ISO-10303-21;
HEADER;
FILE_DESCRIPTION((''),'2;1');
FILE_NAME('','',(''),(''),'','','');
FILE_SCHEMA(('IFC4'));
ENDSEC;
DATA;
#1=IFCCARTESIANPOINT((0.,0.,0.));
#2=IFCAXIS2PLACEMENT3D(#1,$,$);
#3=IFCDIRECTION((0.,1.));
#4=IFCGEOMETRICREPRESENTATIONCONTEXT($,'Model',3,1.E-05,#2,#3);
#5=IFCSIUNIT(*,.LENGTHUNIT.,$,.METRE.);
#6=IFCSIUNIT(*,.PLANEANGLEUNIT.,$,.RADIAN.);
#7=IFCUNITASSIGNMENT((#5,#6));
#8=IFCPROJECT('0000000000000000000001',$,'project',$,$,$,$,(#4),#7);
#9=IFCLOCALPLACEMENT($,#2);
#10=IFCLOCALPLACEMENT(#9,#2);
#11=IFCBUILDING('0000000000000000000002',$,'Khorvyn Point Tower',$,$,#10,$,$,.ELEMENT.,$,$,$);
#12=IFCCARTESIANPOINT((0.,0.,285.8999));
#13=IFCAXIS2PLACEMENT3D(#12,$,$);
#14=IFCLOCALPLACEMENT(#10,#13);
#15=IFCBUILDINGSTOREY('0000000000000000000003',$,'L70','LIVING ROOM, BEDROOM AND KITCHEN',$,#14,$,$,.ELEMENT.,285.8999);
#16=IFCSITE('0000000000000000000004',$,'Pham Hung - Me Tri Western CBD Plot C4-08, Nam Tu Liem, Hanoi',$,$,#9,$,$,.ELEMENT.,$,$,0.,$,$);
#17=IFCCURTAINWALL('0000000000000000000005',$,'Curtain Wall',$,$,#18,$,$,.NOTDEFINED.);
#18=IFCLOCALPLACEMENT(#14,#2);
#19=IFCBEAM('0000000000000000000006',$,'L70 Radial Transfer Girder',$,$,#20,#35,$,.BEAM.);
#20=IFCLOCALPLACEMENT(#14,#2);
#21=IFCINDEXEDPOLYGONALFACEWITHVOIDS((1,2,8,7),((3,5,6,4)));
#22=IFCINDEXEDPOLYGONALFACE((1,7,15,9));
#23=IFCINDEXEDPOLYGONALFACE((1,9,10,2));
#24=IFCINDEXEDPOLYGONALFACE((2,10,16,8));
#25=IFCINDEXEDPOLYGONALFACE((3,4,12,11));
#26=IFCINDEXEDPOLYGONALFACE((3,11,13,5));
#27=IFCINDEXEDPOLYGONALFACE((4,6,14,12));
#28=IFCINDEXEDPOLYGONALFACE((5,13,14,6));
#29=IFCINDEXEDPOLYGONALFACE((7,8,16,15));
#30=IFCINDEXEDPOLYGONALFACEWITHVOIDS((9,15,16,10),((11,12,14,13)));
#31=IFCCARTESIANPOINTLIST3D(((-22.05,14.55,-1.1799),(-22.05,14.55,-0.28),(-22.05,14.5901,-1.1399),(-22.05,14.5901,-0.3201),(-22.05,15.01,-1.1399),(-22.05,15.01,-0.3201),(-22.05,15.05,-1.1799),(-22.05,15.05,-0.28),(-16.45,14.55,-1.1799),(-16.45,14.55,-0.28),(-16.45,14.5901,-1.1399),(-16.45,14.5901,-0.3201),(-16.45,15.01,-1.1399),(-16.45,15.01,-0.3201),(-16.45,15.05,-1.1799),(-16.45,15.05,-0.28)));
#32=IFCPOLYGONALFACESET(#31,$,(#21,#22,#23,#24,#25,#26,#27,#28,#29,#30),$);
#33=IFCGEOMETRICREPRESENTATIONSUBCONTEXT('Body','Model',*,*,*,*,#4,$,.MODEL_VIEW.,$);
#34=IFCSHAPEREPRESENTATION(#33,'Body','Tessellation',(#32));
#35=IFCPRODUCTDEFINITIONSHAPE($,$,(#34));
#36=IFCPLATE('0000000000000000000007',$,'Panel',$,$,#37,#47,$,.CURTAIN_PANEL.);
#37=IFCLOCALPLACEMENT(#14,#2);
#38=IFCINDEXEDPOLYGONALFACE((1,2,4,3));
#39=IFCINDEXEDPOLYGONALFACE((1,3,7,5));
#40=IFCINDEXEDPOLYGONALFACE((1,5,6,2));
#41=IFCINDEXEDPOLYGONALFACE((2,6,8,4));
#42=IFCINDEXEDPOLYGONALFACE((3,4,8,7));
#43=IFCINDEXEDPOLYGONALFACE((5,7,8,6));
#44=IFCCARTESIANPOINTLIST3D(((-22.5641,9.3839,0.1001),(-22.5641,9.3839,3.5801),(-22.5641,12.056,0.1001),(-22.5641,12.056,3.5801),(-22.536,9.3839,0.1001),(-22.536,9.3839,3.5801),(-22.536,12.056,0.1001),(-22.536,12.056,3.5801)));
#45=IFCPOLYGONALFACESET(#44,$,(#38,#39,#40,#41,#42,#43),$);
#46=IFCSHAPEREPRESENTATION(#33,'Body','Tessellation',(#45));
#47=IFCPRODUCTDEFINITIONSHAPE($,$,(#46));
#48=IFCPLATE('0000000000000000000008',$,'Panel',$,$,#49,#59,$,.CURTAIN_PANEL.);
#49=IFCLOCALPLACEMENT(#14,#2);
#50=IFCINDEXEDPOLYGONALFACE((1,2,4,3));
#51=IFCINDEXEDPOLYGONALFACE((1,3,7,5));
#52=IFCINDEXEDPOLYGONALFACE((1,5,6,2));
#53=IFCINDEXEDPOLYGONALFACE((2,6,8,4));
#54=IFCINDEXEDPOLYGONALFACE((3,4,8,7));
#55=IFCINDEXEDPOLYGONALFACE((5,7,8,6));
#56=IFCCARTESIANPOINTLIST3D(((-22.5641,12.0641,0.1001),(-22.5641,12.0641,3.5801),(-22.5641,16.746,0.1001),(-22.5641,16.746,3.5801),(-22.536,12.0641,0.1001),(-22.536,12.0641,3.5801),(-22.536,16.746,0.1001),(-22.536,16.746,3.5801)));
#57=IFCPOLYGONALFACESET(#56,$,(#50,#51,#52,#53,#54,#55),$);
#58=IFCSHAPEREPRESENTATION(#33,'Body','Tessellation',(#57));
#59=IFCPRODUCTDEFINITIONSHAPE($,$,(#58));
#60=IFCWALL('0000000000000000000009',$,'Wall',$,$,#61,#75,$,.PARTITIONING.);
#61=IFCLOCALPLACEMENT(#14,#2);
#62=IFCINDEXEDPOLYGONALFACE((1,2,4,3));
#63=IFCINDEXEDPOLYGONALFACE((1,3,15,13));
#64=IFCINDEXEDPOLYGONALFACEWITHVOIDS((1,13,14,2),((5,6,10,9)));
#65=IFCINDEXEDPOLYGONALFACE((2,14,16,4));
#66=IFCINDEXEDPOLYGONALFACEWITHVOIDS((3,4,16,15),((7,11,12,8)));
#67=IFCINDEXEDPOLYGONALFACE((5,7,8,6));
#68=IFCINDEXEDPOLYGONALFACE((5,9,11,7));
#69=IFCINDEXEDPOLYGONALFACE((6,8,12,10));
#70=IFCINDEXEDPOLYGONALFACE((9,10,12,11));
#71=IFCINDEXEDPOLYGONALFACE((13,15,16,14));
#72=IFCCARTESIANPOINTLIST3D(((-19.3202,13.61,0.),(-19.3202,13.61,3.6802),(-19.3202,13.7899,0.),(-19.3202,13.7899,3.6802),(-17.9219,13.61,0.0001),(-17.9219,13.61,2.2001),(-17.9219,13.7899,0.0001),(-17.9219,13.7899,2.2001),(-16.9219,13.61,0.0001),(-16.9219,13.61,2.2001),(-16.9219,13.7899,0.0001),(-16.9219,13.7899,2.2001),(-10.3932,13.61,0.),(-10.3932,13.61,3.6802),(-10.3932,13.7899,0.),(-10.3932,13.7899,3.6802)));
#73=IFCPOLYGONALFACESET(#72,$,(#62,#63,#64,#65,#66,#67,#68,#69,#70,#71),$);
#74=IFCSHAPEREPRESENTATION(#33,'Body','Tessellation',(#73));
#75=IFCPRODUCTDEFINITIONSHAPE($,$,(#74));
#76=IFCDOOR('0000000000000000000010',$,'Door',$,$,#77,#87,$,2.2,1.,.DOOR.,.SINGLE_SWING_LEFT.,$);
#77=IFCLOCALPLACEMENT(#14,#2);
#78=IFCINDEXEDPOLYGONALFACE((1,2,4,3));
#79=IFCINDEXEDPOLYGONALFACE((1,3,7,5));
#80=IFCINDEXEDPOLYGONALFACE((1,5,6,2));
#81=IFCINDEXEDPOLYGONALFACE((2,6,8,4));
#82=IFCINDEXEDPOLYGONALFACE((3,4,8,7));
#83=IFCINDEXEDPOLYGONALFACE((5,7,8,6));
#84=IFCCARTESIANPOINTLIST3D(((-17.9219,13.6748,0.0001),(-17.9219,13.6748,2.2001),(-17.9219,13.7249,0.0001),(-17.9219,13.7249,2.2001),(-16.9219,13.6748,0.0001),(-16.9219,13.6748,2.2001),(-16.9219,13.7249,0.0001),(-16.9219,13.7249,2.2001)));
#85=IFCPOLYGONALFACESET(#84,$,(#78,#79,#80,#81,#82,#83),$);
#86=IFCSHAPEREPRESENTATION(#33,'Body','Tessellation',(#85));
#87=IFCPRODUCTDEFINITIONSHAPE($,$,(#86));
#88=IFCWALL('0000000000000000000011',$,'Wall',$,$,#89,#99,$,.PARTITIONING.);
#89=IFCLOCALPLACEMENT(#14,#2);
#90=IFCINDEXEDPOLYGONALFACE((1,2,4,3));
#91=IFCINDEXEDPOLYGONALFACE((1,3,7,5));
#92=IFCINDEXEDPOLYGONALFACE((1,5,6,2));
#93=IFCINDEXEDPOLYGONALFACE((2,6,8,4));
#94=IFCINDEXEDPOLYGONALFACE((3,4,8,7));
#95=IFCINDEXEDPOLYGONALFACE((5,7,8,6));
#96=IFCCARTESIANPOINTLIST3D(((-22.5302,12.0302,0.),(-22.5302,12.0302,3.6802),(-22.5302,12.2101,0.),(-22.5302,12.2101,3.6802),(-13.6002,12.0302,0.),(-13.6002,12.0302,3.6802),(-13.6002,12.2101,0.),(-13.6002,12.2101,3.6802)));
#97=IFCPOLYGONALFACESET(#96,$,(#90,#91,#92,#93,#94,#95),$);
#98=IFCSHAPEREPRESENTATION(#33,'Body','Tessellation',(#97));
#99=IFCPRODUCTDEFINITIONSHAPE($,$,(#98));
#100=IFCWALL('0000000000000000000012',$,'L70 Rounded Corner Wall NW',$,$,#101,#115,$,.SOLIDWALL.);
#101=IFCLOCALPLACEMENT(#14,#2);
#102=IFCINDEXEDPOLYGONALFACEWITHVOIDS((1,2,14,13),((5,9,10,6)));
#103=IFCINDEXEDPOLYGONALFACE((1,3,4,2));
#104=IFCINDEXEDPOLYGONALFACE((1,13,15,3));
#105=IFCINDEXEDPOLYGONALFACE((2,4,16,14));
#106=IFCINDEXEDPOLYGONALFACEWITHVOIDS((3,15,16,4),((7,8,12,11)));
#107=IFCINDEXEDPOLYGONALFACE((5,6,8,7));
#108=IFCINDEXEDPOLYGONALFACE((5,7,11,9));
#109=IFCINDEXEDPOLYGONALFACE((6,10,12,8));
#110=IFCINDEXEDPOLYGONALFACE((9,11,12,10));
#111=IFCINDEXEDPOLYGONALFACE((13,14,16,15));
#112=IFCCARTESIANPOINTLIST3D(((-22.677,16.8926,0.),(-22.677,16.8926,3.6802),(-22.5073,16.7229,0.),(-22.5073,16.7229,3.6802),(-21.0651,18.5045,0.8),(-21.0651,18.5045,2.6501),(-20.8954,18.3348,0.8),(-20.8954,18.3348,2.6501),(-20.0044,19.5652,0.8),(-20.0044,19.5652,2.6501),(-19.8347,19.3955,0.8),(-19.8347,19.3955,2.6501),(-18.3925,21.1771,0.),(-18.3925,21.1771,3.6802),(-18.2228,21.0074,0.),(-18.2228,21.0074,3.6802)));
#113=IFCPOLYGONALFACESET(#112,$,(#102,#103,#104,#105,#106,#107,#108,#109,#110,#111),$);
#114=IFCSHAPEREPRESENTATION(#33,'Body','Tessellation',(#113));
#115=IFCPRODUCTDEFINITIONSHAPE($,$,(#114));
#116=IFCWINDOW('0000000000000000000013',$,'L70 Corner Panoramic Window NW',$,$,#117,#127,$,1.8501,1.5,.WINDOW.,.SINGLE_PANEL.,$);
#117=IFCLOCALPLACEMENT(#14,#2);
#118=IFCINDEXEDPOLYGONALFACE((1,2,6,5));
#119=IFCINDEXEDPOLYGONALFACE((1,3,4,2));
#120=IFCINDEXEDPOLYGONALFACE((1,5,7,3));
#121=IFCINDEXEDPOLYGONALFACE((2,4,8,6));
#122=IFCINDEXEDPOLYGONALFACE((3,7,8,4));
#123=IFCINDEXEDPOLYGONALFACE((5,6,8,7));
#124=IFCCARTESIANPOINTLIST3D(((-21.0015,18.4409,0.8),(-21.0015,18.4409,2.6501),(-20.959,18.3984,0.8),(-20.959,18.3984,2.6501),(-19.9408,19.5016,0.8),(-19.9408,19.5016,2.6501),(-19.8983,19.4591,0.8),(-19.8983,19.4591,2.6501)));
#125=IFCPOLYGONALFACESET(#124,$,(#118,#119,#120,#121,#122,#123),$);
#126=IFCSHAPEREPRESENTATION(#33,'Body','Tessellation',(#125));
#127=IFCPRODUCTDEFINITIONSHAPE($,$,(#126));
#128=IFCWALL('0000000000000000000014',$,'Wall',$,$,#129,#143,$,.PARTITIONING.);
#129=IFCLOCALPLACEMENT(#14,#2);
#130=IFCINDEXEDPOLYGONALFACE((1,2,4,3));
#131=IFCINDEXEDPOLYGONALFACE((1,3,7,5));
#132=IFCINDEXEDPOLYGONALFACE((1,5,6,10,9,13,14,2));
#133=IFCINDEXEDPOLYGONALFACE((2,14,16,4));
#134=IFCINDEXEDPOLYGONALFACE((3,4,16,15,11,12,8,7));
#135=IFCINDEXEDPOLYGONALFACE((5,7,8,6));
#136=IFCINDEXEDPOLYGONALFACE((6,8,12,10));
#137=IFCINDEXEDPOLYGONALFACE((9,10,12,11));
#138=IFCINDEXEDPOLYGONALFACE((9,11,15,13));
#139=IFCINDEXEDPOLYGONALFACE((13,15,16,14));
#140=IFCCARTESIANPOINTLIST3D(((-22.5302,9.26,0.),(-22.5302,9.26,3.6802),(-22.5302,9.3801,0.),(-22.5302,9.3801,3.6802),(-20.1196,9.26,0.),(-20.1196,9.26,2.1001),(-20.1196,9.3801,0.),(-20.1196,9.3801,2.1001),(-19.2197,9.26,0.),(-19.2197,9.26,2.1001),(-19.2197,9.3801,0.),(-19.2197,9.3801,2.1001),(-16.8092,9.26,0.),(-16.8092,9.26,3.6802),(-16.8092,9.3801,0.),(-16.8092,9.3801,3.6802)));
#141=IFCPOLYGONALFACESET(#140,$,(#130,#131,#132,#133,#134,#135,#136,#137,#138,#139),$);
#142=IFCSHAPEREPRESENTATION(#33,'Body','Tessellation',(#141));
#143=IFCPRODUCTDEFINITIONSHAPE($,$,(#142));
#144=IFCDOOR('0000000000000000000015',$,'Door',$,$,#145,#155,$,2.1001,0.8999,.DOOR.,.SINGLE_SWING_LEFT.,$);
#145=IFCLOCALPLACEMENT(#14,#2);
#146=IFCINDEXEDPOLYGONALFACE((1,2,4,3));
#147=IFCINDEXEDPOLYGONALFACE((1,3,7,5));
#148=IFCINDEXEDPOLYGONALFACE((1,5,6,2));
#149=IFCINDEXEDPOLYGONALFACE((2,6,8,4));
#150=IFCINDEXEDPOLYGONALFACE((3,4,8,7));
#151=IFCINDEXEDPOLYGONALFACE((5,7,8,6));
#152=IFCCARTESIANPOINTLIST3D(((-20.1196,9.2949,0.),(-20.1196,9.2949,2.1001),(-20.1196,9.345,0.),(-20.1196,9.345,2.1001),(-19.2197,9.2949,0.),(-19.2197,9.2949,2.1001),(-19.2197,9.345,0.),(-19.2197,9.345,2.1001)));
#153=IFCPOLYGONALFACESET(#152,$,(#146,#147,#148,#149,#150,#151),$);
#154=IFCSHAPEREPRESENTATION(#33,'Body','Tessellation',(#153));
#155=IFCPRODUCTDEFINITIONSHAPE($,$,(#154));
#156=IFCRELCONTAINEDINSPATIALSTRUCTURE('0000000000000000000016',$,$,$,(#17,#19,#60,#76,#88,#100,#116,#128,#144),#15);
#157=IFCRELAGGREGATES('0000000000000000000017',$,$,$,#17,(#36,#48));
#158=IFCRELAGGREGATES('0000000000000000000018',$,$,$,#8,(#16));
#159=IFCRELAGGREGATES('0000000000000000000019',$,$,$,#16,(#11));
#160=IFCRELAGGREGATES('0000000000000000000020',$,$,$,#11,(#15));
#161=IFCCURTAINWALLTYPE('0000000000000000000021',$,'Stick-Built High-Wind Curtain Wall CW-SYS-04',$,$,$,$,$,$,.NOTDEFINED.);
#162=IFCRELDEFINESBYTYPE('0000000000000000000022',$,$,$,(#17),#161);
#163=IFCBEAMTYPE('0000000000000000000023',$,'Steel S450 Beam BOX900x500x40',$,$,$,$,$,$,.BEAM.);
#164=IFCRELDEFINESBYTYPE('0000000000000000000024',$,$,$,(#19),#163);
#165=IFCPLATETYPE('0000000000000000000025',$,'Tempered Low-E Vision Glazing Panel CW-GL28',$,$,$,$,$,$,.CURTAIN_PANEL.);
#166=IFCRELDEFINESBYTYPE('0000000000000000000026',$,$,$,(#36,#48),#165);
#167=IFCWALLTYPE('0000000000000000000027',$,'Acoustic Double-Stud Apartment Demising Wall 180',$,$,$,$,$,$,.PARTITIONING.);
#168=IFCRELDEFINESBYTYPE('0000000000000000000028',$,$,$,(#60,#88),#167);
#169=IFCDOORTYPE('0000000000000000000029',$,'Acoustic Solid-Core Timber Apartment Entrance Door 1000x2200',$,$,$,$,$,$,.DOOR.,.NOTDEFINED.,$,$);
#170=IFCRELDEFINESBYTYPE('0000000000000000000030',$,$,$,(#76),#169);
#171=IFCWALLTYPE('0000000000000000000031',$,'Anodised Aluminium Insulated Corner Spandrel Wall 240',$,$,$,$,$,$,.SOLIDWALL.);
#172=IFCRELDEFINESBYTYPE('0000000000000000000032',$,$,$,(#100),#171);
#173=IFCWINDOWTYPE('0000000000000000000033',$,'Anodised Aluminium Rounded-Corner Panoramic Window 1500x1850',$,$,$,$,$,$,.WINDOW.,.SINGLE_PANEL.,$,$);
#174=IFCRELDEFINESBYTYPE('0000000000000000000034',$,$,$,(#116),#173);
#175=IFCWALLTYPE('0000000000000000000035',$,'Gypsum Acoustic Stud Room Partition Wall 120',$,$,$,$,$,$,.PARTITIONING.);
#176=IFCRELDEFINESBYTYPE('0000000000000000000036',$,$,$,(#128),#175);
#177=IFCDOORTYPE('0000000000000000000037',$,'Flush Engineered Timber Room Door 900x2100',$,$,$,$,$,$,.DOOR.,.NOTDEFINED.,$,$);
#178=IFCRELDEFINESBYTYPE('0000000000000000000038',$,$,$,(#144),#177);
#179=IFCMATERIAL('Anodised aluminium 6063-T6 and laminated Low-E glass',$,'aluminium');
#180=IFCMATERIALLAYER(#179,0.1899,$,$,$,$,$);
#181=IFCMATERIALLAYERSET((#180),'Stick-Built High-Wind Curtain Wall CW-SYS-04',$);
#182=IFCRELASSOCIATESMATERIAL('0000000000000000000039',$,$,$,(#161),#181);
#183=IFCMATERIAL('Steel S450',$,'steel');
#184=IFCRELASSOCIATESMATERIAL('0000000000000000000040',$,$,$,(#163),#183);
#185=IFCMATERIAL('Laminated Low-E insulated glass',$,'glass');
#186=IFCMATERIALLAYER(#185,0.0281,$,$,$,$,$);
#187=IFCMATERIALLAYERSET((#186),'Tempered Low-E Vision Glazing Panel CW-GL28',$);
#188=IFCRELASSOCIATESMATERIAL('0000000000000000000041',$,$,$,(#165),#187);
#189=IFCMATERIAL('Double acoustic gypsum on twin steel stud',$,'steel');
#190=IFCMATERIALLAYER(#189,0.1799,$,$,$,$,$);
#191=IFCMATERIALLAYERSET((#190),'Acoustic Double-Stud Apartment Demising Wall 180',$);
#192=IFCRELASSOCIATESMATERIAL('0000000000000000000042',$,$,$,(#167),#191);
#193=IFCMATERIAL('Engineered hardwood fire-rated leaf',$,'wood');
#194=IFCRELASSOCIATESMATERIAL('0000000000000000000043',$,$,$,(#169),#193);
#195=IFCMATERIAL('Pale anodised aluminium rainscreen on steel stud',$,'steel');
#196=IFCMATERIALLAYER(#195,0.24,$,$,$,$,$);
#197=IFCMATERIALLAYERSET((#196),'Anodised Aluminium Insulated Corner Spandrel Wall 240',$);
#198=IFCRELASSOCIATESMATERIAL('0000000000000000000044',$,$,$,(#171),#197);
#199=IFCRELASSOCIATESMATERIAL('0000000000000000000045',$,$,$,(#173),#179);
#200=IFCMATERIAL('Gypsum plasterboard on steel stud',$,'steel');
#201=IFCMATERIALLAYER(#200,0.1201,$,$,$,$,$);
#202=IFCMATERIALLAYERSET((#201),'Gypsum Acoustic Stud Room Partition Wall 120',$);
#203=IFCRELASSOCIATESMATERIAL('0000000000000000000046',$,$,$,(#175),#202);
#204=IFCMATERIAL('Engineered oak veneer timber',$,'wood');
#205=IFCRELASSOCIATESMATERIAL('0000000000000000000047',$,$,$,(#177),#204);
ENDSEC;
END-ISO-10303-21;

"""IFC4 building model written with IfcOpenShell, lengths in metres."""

from ifc_helpers import new_model, si_unit, direction, frame, frame_2d, origin, origin_2d, place, context, subcontext, project, spatial, rectangle, hollow_rectangle, extrude, material, layer, layer_set, material_profile, profile_set, type_object, element, fill, aggregate, save


model = new_model("IFC4")

# Units and contexts
model_context = context("Model", 3, precision=1e-05, world=origin(), true_north=direction((0.0, 1.0)))
body_context = subcontext(model_context, "Body", "Model", "MODEL_VIEW")
ifc_project = project(units=[si_unit("LENGTHUNIT", "METRE"), si_unit("PLANEANGLEUNIT", "RADIAN")], contexts=[model_context])

# Site, building, storey
site_placement = place(None, origin())
site = spatial("IfcSite", under=ifc_project, at=site_placement, Name="Pham Hung - Me Tri Western CBD Plot C4-08, Nam Tu Liem, Hanoi", CompositionType="ELEMENT", RefElevation=0.0)
building_placement = place(site_placement, origin())
building = spatial("IfcBuilding", under=site, at=building_placement, Name="Khorvyn Point Tower", CompositionType="ELEMENT")
storey_placement = place(building_placement, frame((0.0, 0.0, 285.8999)))
storey = spatial("IfcBuildingStorey", under=building, at=storey_placement, Name="L70", Description="LIVING ROOM, BEDROOM AND KITCHEN", CompositionType="ELEMENT", Elevation=285.8999)

# Curtain wall
ifc_material_1 = material(Name="Anodised aluminium 6063-T6 and laminated Low-E glass", Category="aluminium")
ifc_layer_1 = layer(ifc_material_1, 0.1899)
ifc_layer_set_1 = layer_set([ifc_layer_1], Name="Stick-Built High-Wind Curtain Wall CW-SYS-04")
curtain_wall_type = type_object("IfcCurtainWallType", Name="Stick-Built High-Wind Curtain Wall CW-SYS-04", PredefinedType="NOTDEFINED", material=ifc_layer_set_1)
curtain_wall_1_placement = place(storey_placement, origin())
curtain_wall_1 = element("IfcCurtainWall", 1, at=curtain_wall_1_placement, inside=storey, type_object=curtain_wall_type, Name="Curtain Wall", PredefinedType="NOTDEFINED")

# Beam
ifc_material_2 = material(Name="Steel S450", Category="steel")
ifc_material_profile_1 = material_profile(ifc_material_2, hollow_rectangle(XDim=0.5, YDim=0.8999, WallThickness=0.04, at=origin_2d()))
ifc_profile_set_1 = profile_set([ifc_material_profile_1], Name="Steel S450 BOX900x500x40")
beam_type_1 = type_object("IfcBeamType", Name="Steel S450 Beam BOX900x500x40", PredefinedType="BEAM", material=ifc_profile_set_1)
beam_1_placement = place(storey_placement, frame((-22.05, 14.8, -0.73), z_axis=(1.0, 0.0, 0.0), x_axis=(0.0, 1.0, 0.0)))
element("IfcBeam", 2, at=beam_1_placement, inside=storey, type_object=beam_type_1, Name="L70 Radial Transfer Girder", PredefinedType="BEAM", context=body_context, shape_type="SweptSolid", body=[
    extrude(hollow_rectangle(XDim=0.5, YDim=0.8999, WallThickness=0.04, at=origin_2d()), origin(), (0.0, 0.0, 1.0), 5.6001),
])

# Plates
ifc_material_3 = material(Name="Laminated Low-E insulated glass", Category="glass")
ifc_layer_2 = layer(ifc_material_3, 0.0281)
ifc_layer_set_2 = layer_set([ifc_layer_2], Name="Tempered Low-E Vision Glazing Panel CW-GL28")
plate_type = type_object("IfcPlateType", Name="Tempered Low-E Vision Glazing Panel CW-GL28", PredefinedType="CURTAIN_PANEL", material=ifc_layer_set_2)
plate_1_placement = place(storey_placement, frame((-22.55, 10.72, 0.1001), z_axis=(0.0, 0.0, 1.0), x_axis=(0.0, 1.0, 0.0)))
plate_1 = element("IfcPlate", 3, at=plate_1_placement, type_object=plate_type, Name="Panel", PredefinedType="CURTAIN_PANEL", context=body_context, shape_type="SweptSolid", body=[
    extrude(rectangle(XDim=2.6721, YDim=0.0281, at=origin_2d()), origin(), (0.0, 0.0, 1.0), 3.48),
])
plate_2_placement = place(storey_placement, frame((-22.55, 14.405, 0.1001), z_axis=(0.0, 0.0, 1.0), x_axis=(0.0, 1.0, 0.0)))
plate_2 = element("IfcPlate", 4, at=plate_2_placement, type_object=plate_type, Name="Panel", PredefinedType="CURTAIN_PANEL", context=body_context, shape_type="SweptSolid", body=[
    extrude(rectangle(XDim=4.6819, YDim=0.0281, at=origin_2d()), origin(), (0.0, 0.0, 1.0), 3.48),
])
aggregate(curtain_wall_1, [plate_1, plate_2])

# Wall, opening, door
ifc_material_4 = material(Name="Double acoustic gypsum on twin steel stud", Category="steel")
ifc_layer_3 = layer(ifc_material_4, 0.1799)
ifc_layer_set_3 = layer_set([ifc_layer_3], Name="Acoustic Double-Stud Apartment Demising Wall 180")
wall_type_1 = type_object("IfcWallType", Name="Acoustic Double-Stud Apartment Demising Wall 180", PredefinedType="PARTITIONING", material=ifc_layer_set_3)
wall_1_placement = place(storey_placement, frame((-19.3201, 13.7, 0.0), z_axis=(0.0, 0.0, 1.0), x_axis=(1.0, 0.0, 0.0)))
wall_1 = element("IfcWall", 5, at=wall_1_placement, inside=storey, type_object=wall_type_1, Name="Wall", PredefinedType="PARTITIONING", context=body_context, shape_type="SweptSolid", body=[
    extrude(rectangle(XDim=8.927, YDim=0.1799, at=frame_2d((4.4634, 0.0))), origin(), (0.0, 0.0, 1.0), 3.6802),
])
opening_1_placement = place(wall_1_placement, frame((1.3982, 0.0, 0.0)))
opening_1 = element("IfcOpeningElement", 6, at=opening_1_placement, cuts=wall_1, PredefinedType="OPENING", context=body_context, shape_type="SweptSolid", body=[
    extrude(rectangle(XDim=1.0, YDim=2.2, at=frame_2d((0.5, 1.1001))), frame((0.0, 0.0999, 0.0), z_axis=(0.0, -1.0, 0.0), x_axis=(1.0, 0.0, 0.0)), (0.0, 0.0, 1.0), 0.2),
])
ifc_material_5 = material(Name="Engineered hardwood fire-rated leaf", Category="wood")
door_type_1 = type_object("IfcDoorType", Name="Acoustic Solid-Core Timber Apartment Entrance Door 1000x2200", OperationType="NOTDEFINED", PredefinedType="DOOR", material=ifc_material_5)
door_1_placement = place(opening_1_placement, origin())
door_1 = element("IfcDoor", 7, at=door_1_placement, inside=storey, type_object=door_type_1, Name="Door", OperationType="SINGLE_SWING_LEFT", OverallHeight=2.2, OverallWidth=1.0, PredefinedType="DOOR", context=body_context, shape_type="SweptSolid", body=[
    extrude(rectangle(XDim=1.0, YDim=2.2, at=frame_2d((0.5, 1.1001))), frame((0.0, 0.0249, 0.0), z_axis=(0.0, -1.0, 0.0), x_axis=(1.0, 0.0, 0.0)), (0.0, 0.0, 1.0), 0.05),
])
fill(opening_1, door_1)

# Wall
wall_2_placement = place(storey_placement, frame((-22.53, 12.1201, 0.0), z_axis=(0.0, 0.0, 1.0), x_axis=(1.0, 0.0, 0.0)))
element("IfcWall", 8, at=wall_2_placement, inside=storey, type_object=wall_type_1, Name="Wall", PredefinedType="PARTITIONING", context=body_context, shape_type="SweptSolid", body=[
    extrude(rectangle(XDim=8.9299, YDim=0.1799, at=frame_2d((4.4648, 0.0))), origin(), (0.0, 0.0, 1.0), 3.6802),
])

# Wall, opening, window
ifc_material_6 = material(Name="Pale anodised aluminium rainscreen on steel stud", Category="steel")
ifc_layer_4 = layer(ifc_material_6, 0.24)
ifc_layer_set_4 = layer_set([ifc_layer_4], Name="Anodised Aluminium Insulated Corner Spandrel Wall 240")
wall_type_2 = type_object("IfcWallType", Name="Anodised Aluminium Insulated Corner Spandrel Wall 240", PredefinedType="SOLIDWALL", material=ifc_layer_set_4)
wall_3_placement = place(storey_placement, frame((-22.5923, 16.8076, 0.0), z_axis=(0.0, 0.0, 1.0), x_axis=(0.707107, 0.707107, 0.0)))
wall_3 = element("IfcWall", 9, at=wall_3_placement, inside=storey, type_object=wall_type_2, Name="L70 Rounded Corner Wall NW", PredefinedType="SOLIDWALL", context=body_context, shape_type="SweptSolid", body=[
    extrude(rectangle(XDim=6.0593, YDim=0.24, at=frame_2d((3.0298, 0.0))), origin(), (0.0, 0.0, 1.0), 3.6802),
])
opening_2_placement = place(wall_3_placement, frame((2.2798, 0.0, 0.8)))
opening_2 = element("IfcOpeningElement", 10, at=opening_2_placement, cuts=wall_3, PredefinedType="OPENING", context=body_context, shape_type="SweptSolid", body=[
    extrude(rectangle(XDim=1.5, YDim=1.8501, at=frame_2d((0.75, 0.925))), frame((0.0, 0.1299, 0.0), z_axis=(0.0, -1.0, 0.0), x_axis=(1.0, 0.0, 0.0)), (0.0, 0.0, 1.0), 0.26),
])
window_type = type_object("IfcWindowType", Name="Anodised Aluminium Rounded-Corner Panoramic Window 1500x1850", PartitioningType="SINGLE_PANEL", PredefinedType="WINDOW", material=ifc_material_1)
window_placement = place(opening_2_placement, origin())
window = element("IfcWindow", 11, at=window_placement, inside=storey, type_object=window_type, Name="L70 Corner Panoramic Window NW", OverallHeight=1.8501, OverallWidth=1.5, PartitioningType="SINGLE_PANEL", PredefinedType="WINDOW", context=body_context, shape_type="SweptSolid", body=[
    extrude(rectangle(XDim=1.5, YDim=1.8501, at=frame_2d((0.75, 0.925))), frame((0.0, 0.03, 0.0), z_axis=(0.0, -1.0, 0.0), x_axis=(1.0, 0.0, 0.0)), (0.0, 0.0, 1.0), 0.0601),
])
fill(opening_2, window)

# Wall, opening, door
ifc_material_7 = material(Name="Gypsum plasterboard on steel stud", Category="steel")
ifc_layer_5 = layer(ifc_material_7, 0.1201)
ifc_layer_set_5 = layer_set([ifc_layer_5], Name="Gypsum Acoustic Stud Room Partition Wall 120")
wall_type_3 = type_object("IfcWallType", Name="Gypsum Acoustic Stud Room Partition Wall 120", PredefinedType="PARTITIONING", material=ifc_layer_set_5)
wall_4_placement = place(storey_placement, frame((-22.53, 9.3201, 0.0), z_axis=(0.0, 0.0, 1.0), x_axis=(1.0, 0.0, 0.0)))
wall_4 = element("IfcWall", 12, at=wall_4_placement, inside=storey, type_object=wall_type_3, Name="Wall", PredefinedType="PARTITIONING", context=body_context, shape_type="SweptSolid", body=[
    extrude(rectangle(XDim=5.7209, YDim=0.1201, at=frame_2d((2.8604, 0.0))), origin(), (0.0, 0.0, 1.0), 3.6802),
])
opening_3_placement = place(wall_4_placement, frame((2.4104, 0.0, 0.0)))
opening_3 = element("IfcOpeningElement", 13, at=opening_3_placement, cuts=wall_4, PredefinedType="OPENING", context=body_context, shape_type="SweptSolid", body=[
    extrude(rectangle(XDim=0.8999, YDim=2.1001, at=frame_2d((0.45, 1.05))), frame((0.0, 0.0701, 0.0), z_axis=(0.0, -1.0, 0.0), x_axis=(1.0, 0.0, 0.0)), (0.0, 0.0, 1.0), 0.1401),
])
ifc_material_8 = material(Name="Engineered oak veneer timber", Category="wood")
door_type_2 = type_object("IfcDoorType", Name="Flush Engineered Timber Room Door 900x2100", OperationType="NOTDEFINED", PredefinedType="DOOR", material=ifc_material_8)
door_2_placement = place(opening_3_placement, origin())
door_2 = element("IfcDoor", 14, at=door_2_placement, inside=storey, type_object=door_type_2, Name="Door", OperationType="SINGLE_SWING_LEFT", OverallHeight=2.1001, OverallWidth=0.8999, PredefinedType="DOOR", context=body_context, shape_type="SweptSolid", body=[
    extrude(rectangle(XDim=0.8999, YDim=2.1001, at=frame_2d((0.45, 1.05))), frame((0.0, 0.0249, 0.0), z_axis=(0.0, -1.0, 0.0), x_axis=(1.0, 0.0, 0.0)), (0.0, 0.0, 1.0), 0.05),
])
fill(opening_3, door_2)

save(model, "model.ifc")
